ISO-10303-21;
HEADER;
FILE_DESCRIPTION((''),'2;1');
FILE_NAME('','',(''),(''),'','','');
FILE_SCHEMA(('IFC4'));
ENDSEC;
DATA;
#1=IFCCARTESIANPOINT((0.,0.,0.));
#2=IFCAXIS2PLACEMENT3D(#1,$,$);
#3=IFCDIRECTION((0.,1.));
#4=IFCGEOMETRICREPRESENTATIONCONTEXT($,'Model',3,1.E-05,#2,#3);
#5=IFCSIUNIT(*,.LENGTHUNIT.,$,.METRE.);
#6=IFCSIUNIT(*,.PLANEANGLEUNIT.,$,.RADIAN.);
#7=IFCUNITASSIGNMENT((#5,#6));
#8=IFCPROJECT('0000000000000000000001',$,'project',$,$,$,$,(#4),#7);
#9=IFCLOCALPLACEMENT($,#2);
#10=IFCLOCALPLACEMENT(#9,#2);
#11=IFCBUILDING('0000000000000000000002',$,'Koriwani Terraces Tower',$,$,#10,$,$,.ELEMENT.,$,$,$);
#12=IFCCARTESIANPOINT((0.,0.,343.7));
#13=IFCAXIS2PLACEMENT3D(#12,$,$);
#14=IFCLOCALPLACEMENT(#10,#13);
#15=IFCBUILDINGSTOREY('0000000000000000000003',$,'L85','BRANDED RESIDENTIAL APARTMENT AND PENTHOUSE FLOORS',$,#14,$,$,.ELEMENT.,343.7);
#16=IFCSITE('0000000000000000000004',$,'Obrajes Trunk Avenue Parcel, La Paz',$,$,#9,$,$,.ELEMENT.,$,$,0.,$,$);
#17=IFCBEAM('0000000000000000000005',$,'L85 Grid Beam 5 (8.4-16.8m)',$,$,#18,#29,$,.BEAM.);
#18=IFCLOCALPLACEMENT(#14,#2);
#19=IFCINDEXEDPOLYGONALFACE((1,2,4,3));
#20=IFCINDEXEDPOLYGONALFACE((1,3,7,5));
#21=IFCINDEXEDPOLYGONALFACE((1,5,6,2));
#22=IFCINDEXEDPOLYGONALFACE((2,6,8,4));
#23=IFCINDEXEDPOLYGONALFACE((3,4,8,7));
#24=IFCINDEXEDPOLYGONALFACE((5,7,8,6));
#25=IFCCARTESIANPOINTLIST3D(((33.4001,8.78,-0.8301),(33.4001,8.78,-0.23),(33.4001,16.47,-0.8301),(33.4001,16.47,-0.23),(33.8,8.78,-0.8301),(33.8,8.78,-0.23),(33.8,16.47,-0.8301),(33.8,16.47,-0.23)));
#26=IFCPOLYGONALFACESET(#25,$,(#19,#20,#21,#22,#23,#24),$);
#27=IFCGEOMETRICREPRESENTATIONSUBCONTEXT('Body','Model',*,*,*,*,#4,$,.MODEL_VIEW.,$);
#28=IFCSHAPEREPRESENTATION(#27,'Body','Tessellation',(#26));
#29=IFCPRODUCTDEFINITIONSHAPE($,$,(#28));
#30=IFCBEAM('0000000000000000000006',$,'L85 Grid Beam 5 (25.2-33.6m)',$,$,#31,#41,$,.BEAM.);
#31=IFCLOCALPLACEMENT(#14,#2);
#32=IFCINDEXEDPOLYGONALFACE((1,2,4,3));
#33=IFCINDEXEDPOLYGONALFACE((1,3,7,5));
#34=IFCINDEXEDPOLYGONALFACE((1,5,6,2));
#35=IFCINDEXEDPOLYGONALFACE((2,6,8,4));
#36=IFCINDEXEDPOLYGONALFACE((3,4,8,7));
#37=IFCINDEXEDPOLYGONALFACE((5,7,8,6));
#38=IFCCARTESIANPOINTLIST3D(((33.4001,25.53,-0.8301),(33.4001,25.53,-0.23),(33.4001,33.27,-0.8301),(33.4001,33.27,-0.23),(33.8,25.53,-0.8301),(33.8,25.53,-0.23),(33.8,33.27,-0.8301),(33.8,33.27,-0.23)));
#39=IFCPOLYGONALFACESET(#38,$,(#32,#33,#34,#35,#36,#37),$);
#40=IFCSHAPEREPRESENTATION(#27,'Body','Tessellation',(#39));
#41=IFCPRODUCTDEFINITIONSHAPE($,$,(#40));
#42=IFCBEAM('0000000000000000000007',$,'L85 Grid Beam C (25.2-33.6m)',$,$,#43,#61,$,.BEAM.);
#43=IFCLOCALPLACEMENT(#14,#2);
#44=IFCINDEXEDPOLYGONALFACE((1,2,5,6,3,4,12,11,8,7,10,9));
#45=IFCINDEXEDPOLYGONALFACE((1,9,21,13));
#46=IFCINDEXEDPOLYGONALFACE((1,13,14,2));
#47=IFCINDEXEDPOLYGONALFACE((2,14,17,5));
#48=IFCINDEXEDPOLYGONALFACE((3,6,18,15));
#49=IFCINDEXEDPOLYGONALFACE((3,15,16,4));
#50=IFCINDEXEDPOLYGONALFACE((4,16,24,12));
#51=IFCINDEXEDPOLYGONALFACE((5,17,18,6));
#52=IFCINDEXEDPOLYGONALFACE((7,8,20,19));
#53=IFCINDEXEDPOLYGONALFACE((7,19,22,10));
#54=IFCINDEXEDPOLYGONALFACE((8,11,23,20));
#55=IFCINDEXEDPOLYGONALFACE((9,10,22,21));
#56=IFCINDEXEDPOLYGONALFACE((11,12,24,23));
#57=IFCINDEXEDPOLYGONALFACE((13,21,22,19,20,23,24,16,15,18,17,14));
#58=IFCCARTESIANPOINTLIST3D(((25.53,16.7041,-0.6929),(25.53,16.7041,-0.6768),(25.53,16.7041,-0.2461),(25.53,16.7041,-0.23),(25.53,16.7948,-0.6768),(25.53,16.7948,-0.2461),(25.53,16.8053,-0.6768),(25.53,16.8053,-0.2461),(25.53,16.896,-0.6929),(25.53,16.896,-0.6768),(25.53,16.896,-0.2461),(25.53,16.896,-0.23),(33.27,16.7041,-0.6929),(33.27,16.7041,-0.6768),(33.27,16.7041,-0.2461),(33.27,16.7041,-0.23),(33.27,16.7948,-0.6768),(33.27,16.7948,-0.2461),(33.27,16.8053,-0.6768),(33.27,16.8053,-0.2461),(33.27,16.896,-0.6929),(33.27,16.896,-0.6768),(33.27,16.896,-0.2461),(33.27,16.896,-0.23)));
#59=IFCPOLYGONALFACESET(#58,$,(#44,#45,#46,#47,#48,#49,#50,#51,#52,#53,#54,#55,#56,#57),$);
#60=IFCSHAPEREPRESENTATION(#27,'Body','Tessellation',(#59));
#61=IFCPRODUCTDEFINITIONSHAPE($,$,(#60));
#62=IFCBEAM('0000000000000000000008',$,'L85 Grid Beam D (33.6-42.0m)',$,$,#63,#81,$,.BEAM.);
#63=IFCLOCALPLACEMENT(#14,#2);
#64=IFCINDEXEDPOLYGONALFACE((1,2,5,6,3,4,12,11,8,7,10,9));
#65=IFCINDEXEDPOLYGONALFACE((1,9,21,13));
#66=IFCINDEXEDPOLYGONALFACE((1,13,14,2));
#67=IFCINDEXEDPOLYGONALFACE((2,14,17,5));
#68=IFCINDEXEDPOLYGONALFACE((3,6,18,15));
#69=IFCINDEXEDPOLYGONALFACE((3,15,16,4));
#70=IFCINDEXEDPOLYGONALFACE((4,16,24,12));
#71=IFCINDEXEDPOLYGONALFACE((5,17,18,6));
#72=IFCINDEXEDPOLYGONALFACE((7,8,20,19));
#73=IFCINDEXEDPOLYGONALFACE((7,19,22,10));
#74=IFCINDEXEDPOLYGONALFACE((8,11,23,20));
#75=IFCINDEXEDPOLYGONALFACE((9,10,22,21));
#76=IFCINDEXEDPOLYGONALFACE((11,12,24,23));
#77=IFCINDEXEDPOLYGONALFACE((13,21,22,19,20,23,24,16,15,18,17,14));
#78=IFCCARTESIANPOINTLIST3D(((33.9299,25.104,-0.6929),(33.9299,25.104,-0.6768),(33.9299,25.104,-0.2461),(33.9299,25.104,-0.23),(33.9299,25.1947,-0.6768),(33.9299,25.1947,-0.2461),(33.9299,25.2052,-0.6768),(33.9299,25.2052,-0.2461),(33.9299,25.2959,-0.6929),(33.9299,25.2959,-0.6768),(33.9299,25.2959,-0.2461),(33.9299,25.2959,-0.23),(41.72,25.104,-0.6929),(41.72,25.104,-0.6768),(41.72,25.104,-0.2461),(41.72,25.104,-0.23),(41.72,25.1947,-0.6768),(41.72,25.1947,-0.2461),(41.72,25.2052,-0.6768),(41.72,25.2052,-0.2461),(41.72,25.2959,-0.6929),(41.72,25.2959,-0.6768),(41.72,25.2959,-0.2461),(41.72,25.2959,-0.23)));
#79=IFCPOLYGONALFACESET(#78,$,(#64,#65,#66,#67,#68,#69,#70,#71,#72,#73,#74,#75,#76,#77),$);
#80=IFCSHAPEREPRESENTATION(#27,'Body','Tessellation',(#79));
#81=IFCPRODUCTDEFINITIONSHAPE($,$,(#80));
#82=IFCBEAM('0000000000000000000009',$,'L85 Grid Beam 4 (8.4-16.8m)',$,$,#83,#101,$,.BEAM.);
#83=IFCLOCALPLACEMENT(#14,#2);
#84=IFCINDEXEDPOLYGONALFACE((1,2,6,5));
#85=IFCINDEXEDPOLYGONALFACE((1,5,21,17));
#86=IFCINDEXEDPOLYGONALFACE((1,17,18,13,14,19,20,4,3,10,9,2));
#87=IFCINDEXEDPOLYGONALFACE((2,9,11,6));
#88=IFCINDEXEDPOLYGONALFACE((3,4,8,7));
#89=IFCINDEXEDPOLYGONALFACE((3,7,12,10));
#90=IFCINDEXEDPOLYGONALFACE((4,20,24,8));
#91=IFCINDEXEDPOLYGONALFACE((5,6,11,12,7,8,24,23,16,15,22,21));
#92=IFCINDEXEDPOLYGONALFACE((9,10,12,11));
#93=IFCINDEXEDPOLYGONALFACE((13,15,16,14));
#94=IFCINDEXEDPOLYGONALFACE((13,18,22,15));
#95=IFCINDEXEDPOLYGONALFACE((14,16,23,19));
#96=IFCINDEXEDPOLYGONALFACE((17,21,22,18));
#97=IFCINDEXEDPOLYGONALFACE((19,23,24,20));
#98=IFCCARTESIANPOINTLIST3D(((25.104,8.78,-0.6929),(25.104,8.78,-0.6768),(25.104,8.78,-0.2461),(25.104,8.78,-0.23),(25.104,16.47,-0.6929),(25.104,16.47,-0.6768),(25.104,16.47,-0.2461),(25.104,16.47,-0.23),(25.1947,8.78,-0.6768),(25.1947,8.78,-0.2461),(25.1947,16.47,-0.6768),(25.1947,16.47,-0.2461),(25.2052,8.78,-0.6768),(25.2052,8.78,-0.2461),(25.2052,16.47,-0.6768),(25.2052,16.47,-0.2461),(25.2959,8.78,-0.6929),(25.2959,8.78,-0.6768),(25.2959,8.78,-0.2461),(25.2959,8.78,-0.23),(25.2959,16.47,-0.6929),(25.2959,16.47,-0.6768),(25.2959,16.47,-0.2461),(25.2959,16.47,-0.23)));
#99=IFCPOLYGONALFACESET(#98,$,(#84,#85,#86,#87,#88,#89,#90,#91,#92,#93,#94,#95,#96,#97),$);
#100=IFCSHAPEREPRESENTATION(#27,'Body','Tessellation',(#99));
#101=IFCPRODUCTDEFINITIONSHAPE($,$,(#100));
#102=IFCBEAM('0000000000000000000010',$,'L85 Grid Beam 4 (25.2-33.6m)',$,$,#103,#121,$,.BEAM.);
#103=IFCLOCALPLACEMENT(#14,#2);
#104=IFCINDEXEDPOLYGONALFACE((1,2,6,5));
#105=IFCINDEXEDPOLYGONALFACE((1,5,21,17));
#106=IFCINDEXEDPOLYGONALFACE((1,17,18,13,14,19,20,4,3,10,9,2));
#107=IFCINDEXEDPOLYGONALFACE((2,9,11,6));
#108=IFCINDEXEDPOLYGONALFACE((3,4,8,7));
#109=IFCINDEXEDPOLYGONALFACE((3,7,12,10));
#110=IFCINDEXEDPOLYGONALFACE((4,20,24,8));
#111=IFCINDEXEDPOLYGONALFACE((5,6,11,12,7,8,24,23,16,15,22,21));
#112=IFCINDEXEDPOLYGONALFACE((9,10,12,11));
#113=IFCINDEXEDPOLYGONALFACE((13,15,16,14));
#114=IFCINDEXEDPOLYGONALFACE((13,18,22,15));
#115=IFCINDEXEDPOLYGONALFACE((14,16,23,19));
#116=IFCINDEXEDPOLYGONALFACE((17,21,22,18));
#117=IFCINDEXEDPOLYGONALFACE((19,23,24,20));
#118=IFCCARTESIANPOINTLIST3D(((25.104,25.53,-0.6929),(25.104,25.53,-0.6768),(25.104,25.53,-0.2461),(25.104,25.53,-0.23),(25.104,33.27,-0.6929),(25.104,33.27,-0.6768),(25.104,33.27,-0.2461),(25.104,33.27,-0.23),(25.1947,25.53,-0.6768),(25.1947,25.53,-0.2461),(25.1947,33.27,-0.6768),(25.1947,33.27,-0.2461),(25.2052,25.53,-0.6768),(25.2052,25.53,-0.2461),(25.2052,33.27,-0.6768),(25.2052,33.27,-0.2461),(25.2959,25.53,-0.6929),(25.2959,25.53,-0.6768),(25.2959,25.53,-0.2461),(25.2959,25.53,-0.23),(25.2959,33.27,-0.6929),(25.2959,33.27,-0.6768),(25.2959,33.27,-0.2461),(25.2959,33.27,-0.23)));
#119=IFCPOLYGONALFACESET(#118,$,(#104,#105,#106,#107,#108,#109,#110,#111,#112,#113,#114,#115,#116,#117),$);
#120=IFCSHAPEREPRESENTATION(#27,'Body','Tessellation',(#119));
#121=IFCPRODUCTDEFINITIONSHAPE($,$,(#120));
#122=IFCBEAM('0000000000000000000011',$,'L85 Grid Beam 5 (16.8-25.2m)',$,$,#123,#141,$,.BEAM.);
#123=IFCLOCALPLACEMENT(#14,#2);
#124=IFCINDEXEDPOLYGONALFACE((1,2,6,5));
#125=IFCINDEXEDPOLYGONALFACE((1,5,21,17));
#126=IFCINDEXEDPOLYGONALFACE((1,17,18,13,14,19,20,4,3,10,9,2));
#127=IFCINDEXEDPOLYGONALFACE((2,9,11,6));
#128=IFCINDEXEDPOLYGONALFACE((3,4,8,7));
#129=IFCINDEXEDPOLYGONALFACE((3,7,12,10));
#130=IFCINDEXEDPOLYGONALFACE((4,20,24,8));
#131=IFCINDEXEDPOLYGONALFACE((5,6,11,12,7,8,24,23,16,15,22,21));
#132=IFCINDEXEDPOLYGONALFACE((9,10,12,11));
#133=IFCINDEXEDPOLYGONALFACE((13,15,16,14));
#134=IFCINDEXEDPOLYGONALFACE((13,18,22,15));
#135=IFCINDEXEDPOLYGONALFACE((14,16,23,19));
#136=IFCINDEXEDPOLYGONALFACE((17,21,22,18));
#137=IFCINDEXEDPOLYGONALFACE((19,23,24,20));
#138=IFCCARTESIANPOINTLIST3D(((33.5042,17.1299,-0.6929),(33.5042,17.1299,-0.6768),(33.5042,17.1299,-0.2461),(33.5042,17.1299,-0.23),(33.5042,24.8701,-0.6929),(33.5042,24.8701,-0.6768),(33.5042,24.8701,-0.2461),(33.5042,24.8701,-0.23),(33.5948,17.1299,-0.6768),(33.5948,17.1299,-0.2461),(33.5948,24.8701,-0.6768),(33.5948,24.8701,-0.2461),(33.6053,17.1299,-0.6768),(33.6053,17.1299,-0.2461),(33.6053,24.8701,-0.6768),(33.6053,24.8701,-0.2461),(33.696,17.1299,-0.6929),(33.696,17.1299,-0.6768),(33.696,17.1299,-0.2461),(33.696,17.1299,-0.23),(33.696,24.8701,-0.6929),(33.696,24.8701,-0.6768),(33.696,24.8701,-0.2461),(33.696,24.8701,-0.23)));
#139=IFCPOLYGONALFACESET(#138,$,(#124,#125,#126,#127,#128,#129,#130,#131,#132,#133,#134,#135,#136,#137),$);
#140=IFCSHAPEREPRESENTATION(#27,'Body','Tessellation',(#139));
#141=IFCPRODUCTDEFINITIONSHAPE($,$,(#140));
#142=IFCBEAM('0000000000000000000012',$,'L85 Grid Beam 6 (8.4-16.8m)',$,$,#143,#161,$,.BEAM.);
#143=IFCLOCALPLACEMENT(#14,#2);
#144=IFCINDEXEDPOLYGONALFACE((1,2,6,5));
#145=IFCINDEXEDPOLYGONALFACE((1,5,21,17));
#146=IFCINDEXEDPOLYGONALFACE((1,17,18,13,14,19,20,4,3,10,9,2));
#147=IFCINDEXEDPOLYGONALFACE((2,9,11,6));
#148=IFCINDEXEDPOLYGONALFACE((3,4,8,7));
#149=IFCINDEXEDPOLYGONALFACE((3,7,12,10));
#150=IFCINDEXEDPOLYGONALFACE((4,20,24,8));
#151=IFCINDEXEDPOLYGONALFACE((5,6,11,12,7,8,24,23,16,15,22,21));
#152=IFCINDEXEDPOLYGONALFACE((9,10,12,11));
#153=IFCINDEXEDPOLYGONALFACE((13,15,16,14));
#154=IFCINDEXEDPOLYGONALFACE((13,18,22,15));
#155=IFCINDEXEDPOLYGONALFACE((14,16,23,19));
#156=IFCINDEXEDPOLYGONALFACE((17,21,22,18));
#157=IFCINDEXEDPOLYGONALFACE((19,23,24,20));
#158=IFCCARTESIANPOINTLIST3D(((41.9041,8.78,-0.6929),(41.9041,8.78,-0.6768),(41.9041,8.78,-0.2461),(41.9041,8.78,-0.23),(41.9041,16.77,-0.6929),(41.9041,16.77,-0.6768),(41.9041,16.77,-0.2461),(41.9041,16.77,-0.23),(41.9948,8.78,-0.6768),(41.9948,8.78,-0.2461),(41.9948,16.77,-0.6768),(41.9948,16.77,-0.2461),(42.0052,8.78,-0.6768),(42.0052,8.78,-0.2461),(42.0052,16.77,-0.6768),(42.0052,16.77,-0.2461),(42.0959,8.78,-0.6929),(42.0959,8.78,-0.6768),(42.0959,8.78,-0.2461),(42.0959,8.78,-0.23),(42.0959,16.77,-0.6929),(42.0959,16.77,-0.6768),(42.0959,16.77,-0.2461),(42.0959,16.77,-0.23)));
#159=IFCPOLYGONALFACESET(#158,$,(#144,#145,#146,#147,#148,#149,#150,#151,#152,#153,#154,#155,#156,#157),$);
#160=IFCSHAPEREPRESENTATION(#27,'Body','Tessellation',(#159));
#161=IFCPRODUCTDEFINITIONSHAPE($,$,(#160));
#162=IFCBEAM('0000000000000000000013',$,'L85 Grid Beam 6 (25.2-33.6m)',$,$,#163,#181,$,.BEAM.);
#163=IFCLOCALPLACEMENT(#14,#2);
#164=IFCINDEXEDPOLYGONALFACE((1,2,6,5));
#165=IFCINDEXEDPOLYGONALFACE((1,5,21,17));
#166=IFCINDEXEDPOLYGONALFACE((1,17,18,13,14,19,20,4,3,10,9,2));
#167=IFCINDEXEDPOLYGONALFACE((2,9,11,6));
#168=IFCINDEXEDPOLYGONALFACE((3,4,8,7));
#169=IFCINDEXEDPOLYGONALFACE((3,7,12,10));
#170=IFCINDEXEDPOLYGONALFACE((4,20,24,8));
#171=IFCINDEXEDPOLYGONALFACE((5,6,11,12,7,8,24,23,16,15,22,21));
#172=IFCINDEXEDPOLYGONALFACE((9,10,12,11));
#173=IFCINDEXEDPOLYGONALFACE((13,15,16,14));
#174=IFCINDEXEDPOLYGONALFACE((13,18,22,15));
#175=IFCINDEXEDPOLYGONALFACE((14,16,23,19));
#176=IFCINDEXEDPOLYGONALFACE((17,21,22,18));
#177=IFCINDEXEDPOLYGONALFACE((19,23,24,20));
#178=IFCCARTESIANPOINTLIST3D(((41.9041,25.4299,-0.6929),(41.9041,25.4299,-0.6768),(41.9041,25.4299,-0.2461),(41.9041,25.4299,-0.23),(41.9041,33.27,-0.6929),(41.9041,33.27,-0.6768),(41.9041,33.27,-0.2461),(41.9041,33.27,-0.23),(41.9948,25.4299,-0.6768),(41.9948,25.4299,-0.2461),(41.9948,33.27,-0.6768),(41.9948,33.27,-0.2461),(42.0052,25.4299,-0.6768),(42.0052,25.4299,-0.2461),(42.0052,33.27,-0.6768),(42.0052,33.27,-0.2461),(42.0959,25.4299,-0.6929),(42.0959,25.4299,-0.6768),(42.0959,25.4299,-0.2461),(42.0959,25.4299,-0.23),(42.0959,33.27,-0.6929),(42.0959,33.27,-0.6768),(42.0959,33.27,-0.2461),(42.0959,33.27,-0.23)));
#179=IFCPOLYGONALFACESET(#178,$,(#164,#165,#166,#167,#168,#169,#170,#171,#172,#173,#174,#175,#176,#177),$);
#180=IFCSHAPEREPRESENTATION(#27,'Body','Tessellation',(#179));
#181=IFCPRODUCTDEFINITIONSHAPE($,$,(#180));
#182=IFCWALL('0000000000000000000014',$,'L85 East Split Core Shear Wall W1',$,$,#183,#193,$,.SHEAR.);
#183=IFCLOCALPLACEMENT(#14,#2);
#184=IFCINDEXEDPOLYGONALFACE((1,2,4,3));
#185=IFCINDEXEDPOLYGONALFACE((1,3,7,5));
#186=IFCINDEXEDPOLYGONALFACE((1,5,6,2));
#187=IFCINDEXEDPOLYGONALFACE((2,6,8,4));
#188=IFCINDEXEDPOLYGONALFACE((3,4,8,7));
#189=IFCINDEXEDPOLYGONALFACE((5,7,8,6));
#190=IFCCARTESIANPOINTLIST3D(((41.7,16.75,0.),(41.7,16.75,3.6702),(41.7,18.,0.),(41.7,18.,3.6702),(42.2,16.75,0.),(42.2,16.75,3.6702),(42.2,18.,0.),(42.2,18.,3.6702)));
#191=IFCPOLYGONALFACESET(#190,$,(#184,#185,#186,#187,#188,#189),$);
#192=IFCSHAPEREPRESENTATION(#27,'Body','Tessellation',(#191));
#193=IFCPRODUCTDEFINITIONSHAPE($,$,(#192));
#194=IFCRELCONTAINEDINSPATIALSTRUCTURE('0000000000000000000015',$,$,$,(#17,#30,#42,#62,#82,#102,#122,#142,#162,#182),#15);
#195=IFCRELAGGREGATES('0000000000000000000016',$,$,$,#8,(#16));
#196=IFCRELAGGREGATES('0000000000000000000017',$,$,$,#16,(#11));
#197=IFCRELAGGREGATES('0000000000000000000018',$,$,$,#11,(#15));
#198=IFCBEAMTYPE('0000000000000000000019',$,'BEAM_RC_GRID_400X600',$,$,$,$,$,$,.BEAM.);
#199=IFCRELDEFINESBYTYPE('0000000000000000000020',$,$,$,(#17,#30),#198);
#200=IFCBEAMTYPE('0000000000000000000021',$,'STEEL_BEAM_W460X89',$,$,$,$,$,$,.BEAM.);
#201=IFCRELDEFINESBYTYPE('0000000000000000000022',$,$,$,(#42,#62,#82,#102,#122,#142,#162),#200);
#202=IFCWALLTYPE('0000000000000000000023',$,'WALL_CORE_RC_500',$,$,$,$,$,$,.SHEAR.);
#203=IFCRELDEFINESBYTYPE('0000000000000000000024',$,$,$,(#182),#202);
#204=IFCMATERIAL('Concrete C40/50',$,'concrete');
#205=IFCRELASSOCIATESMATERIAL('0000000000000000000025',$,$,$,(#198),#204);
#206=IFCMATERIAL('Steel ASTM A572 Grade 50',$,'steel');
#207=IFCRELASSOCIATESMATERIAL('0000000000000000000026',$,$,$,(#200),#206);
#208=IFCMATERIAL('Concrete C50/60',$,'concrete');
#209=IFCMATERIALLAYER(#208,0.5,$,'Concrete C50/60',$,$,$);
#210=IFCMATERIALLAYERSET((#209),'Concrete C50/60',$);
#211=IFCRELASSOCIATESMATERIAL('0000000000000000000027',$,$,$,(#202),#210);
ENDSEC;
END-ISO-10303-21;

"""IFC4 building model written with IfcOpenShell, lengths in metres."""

from ifc_helpers import new_model, si_unit, direction, frame, frame_2d, origin, origin_2d, place, context, subcontext, project, spatial, rectangle, i_section, extrude, material, layer, layer_set, material_profile, profile_set, type_object, element, save


model = new_model("IFC4")

# Units and contexts
model_context = context("Model", 3, precision=1e-05, world=origin(), true_north=direction((0.0, 1.0)))
body_context = subcontext(model_context, "Body", "Model", "MODEL_VIEW")
ifc_project = project(units=[si_unit("LENGTHUNIT", "METRE"), si_unit("PLANEANGLEUNIT", "RADIAN")], contexts=[model_context])

# Site, building, storey
site_placement = place(None, origin())
site = spatial("IfcSite", under=ifc_project, at=site_placement, Name="Obrajes Trunk Avenue Parcel, La Paz", CompositionType="ELEMENT", RefElevation=0.0)
building_placement = place(site_placement, origin())
building = spatial("IfcBuilding", under=site, at=building_placement, Name="Koriwani Terraces Tower", CompositionType="ELEMENT")
storey_placement = place(building_placement, frame((0.0, 0.0, 343.7)))
storey = spatial("IfcBuildingStorey", under=building, at=storey_placement, Name="L85", Description="BRANDED RESIDENTIAL APARTMENT AND PENTHOUSE FLOORS", CompositionType="ELEMENT", Elevation=343.7)

# Shared definitions
ifc_material_1 = material(Name="Concrete C50/60", Category="concrete")

# Beams
ifc_material_2 = material(Name="Concrete C40/50", Category="concrete")
ifc_material_profile_1 = material_profile(ifc_material_2, rectangle(XDim=0.3999, YDim=0.6001, at=origin_2d()), Name="Concrete C40/50", Category="LoadBearing")
ifc_profile_set_1 = profile_set([ifc_material_profile_1], Name="Concrete C40/50")
beam_type_1 = type_object("IfcBeamType", Name="BEAM_RC_GRID_400X600", PredefinedType="BEAM", material=ifc_profile_set_1)
beam_1_placement = place(storey_placement, frame((33.6001, 8.78, -0.53), z_axis=(0.0, 1.0, 0.0), x_axis=(-1.0, 0.0, 0.0)))
element("IfcBeam", 1, at=beam_1_placement, inside=storey, type_object=beam_type_1, Name="L85 Grid Beam 5 (8.4-16.8m)", PredefinedType="BEAM", context=body_context, shape_type="SweptSolid", body=[
    extrude(rectangle(XDim=0.3999, YDim=0.6001, at=origin_2d()), origin(), (0.0, 0.0, 1.0), 7.6899),
])
beam_2_placement = place(storey_placement, frame((33.6001, 25.53, -0.53), z_axis=(0.0, 1.0, 0.0), x_axis=(-1.0, 0.0, 0.0)))
element("IfcBeam", 2, at=beam_2_placement, inside=storey, type_object=beam_type_1, Name="L85 Grid Beam 5 (25.2-33.6m)", PredefinedType="BEAM", context=body_context, shape_type="SweptSolid", body=[
    extrude(rectangle(XDim=0.3999, YDim=0.6001, at=origin_2d()), origin(), (0.0, 0.0, 1.0), 7.74),
])
ifc_material_3 = material(Name="Steel ASTM A572 Grade 50", Category="steel")
ifc_material_profile_2 = material_profile(ifc_material_3, i_section(OverallWidth=0.1919, OverallDepth=0.4629, WebThickness=0.0105, FlangeThickness=0.0161, at=origin_2d()), Name="Steel ASTM A572 Grade 50", Category="LoadBearing")
ifc_profile_set_2 = profile_set([ifc_material_profile_2], Name="Steel ASTM A572 Grade 50")
beam_type_2 = type_object("IfcBeamType", Name="STEEL_BEAM_W460X89", PredefinedType="BEAM", material=ifc_profile_set_2)
beam_3_placement = place(storey_placement, frame((25.53, 16.8, -0.4614), z_axis=(1.0, 0.0, 0.0), x_axis=(0.0, 1.0, 0.0)))
element("IfcBeam", 3, at=beam_3_placement, inside=storey, type_object=beam_type_2, Name="L85 Grid Beam C (25.2-33.6m)", PredefinedType="BEAM", context=body_context, shape_type="SweptSolid", body=[
    extrude(i_section(OverallWidth=0.1919, OverallDepth=0.4629, WebThickness=0.0105, FlangeThickness=0.0161, at=origin_2d()), origin(), (0.0, 0.0, 1.0), 7.74),
])
beam_4_placement = place(storey_placement, frame((33.9299, 25.2, -0.4614), z_axis=(1.0, 0.0, 0.0), x_axis=(0.0, 1.0, 0.0)))
element("IfcBeam", 4, at=beam_4_placement, inside=storey, type_object=beam_type_2, Name="L85 Grid Beam D (33.6-42.0m)", PredefinedType="BEAM", context=body_context, shape_type="SweptSolid", body=[
    extrude(i_section(OverallWidth=0.1919, OverallDepth=0.4629, WebThickness=0.0105, FlangeThickness=0.0161, at=origin_2d()), origin(), (0.0, 0.0, 1.0), 7.79),
])
beam_5_placement = place(storey_placement, frame((25.2, 8.78, -0.4614), z_axis=(0.0, 1.0, 0.0), x_axis=(-1.0, 0.0, 0.0)))
element("IfcBeam", 5, at=beam_5_placement, inside=storey, type_object=beam_type_2, Name="L85 Grid Beam 4 (8.4-16.8m)", PredefinedType="BEAM", context=body_context, shape_type="SweptSolid", body=[
    extrude(i_section(OverallWidth=0.1919, OverallDepth=0.4629, WebThickness=0.0105, FlangeThickness=0.0161, at=origin_2d()), origin(), (0.0, 0.0, 1.0), 7.6899),
])
beam_6_placement = place(storey_placement, frame((25.2, 25.53, -0.4614), z_axis=(0.0, 1.0, 0.0), x_axis=(-1.0, 0.0, 0.0)))
element("IfcBeam", 6, at=beam_6_placement, inside=storey, type_object=beam_type_2, Name="L85 Grid Beam 4 (25.2-33.6m)", PredefinedType="BEAM", context=body_context, shape_type="SweptSolid", body=[
    extrude(i_section(OverallWidth=0.1919, OverallDepth=0.4629, WebThickness=0.0105, FlangeThickness=0.0161, at=origin_2d()), origin(), (0.0, 0.0, 1.0), 7.74),
])
beam_7_placement = place(storey_placement, frame((33.6001, 17.1299, -0.4614), z_axis=(0.0, 1.0, 0.0), x_axis=(-1.0, 0.0, 0.0)))
element("IfcBeam", 7, at=beam_7_placement, inside=storey, type_object=beam_type_2, Name="L85 Grid Beam 5 (16.8-25.2m)", PredefinedType="BEAM", context=body_context, shape_type="SweptSolid", body=[
    extrude(i_section(OverallWidth=0.1919, OverallDepth=0.4629, WebThickness=0.0105, FlangeThickness=0.0161, at=origin_2d()), origin(), (0.0, 0.0, 1.0), 7.7402),
])
beam_8_placement = place(storey_placement, frame((42.0, 8.78, -0.4614), z_axis=(0.0, 1.0, 0.0), x_axis=(-1.0, 0.0, 0.0)))
element("IfcBeam", 8, at=beam_8_placement, inside=storey, type_object=beam_type_2, Name="L85 Grid Beam 6 (8.4-16.8m)", PredefinedType="BEAM", context=body_context, shape_type="SweptSolid", body=[
    extrude(i_section(OverallWidth=0.1919, OverallDepth=0.4629, WebThickness=0.0105, FlangeThickness=0.0161, at=origin_2d()), origin(), (0.0, 0.0, 1.0), 7.99),
])
beam_9_placement = place(storey_placement, frame((42.0, 25.4299, -0.4614), z_axis=(0.0, 1.0, 0.0), x_axis=(-1.0, 0.0, 0.0)))
element("IfcBeam", 9, at=beam_9_placement, inside=storey, type_object=beam_type_2, Name="L85 Grid Beam 6 (25.2-33.6m)", PredefinedType="BEAM", context=body_context, shape_type="SweptSolid", body=[
    extrude(i_section(OverallWidth=0.1919, OverallDepth=0.4629, WebThickness=0.0105, FlangeThickness=0.0161, at=origin_2d()), origin(), (0.0, 0.0, 1.0), 7.8401),
])

# Wall
ifc_layer_1 = layer(ifc_material_1, 0.5, Name="Concrete C50/60")
ifc_layer_set_1 = layer_set([ifc_layer_1], Name="Concrete C50/60")
wall_type_1 = type_object("IfcWallType", Name="WALL_CORE_RC_500", PredefinedType="SHEAR", material=ifc_layer_set_1)
wall_1_placement = place(storey_placement, frame((41.95, 16.75, 0.0), z_axis=(0.0, 0.0, 1.0), x_axis=(0.0, 1.0, 0.0)))
element("IfcWall", 10, at=wall_1_placement, inside=storey, type_object=wall_type_1, Name="L85 East Split Core Shear Wall W1", PredefinedType="SHEAR", context=body_context, shape_type="SweptSolid", body=[
    extrude(rectangle(XDim=1.25, YDim=0.5, at=frame_2d((0.625, 0.0))), origin(), (0.0, 0.0, 1.0), 3.6702),
])

save(model, "model.ifc")
